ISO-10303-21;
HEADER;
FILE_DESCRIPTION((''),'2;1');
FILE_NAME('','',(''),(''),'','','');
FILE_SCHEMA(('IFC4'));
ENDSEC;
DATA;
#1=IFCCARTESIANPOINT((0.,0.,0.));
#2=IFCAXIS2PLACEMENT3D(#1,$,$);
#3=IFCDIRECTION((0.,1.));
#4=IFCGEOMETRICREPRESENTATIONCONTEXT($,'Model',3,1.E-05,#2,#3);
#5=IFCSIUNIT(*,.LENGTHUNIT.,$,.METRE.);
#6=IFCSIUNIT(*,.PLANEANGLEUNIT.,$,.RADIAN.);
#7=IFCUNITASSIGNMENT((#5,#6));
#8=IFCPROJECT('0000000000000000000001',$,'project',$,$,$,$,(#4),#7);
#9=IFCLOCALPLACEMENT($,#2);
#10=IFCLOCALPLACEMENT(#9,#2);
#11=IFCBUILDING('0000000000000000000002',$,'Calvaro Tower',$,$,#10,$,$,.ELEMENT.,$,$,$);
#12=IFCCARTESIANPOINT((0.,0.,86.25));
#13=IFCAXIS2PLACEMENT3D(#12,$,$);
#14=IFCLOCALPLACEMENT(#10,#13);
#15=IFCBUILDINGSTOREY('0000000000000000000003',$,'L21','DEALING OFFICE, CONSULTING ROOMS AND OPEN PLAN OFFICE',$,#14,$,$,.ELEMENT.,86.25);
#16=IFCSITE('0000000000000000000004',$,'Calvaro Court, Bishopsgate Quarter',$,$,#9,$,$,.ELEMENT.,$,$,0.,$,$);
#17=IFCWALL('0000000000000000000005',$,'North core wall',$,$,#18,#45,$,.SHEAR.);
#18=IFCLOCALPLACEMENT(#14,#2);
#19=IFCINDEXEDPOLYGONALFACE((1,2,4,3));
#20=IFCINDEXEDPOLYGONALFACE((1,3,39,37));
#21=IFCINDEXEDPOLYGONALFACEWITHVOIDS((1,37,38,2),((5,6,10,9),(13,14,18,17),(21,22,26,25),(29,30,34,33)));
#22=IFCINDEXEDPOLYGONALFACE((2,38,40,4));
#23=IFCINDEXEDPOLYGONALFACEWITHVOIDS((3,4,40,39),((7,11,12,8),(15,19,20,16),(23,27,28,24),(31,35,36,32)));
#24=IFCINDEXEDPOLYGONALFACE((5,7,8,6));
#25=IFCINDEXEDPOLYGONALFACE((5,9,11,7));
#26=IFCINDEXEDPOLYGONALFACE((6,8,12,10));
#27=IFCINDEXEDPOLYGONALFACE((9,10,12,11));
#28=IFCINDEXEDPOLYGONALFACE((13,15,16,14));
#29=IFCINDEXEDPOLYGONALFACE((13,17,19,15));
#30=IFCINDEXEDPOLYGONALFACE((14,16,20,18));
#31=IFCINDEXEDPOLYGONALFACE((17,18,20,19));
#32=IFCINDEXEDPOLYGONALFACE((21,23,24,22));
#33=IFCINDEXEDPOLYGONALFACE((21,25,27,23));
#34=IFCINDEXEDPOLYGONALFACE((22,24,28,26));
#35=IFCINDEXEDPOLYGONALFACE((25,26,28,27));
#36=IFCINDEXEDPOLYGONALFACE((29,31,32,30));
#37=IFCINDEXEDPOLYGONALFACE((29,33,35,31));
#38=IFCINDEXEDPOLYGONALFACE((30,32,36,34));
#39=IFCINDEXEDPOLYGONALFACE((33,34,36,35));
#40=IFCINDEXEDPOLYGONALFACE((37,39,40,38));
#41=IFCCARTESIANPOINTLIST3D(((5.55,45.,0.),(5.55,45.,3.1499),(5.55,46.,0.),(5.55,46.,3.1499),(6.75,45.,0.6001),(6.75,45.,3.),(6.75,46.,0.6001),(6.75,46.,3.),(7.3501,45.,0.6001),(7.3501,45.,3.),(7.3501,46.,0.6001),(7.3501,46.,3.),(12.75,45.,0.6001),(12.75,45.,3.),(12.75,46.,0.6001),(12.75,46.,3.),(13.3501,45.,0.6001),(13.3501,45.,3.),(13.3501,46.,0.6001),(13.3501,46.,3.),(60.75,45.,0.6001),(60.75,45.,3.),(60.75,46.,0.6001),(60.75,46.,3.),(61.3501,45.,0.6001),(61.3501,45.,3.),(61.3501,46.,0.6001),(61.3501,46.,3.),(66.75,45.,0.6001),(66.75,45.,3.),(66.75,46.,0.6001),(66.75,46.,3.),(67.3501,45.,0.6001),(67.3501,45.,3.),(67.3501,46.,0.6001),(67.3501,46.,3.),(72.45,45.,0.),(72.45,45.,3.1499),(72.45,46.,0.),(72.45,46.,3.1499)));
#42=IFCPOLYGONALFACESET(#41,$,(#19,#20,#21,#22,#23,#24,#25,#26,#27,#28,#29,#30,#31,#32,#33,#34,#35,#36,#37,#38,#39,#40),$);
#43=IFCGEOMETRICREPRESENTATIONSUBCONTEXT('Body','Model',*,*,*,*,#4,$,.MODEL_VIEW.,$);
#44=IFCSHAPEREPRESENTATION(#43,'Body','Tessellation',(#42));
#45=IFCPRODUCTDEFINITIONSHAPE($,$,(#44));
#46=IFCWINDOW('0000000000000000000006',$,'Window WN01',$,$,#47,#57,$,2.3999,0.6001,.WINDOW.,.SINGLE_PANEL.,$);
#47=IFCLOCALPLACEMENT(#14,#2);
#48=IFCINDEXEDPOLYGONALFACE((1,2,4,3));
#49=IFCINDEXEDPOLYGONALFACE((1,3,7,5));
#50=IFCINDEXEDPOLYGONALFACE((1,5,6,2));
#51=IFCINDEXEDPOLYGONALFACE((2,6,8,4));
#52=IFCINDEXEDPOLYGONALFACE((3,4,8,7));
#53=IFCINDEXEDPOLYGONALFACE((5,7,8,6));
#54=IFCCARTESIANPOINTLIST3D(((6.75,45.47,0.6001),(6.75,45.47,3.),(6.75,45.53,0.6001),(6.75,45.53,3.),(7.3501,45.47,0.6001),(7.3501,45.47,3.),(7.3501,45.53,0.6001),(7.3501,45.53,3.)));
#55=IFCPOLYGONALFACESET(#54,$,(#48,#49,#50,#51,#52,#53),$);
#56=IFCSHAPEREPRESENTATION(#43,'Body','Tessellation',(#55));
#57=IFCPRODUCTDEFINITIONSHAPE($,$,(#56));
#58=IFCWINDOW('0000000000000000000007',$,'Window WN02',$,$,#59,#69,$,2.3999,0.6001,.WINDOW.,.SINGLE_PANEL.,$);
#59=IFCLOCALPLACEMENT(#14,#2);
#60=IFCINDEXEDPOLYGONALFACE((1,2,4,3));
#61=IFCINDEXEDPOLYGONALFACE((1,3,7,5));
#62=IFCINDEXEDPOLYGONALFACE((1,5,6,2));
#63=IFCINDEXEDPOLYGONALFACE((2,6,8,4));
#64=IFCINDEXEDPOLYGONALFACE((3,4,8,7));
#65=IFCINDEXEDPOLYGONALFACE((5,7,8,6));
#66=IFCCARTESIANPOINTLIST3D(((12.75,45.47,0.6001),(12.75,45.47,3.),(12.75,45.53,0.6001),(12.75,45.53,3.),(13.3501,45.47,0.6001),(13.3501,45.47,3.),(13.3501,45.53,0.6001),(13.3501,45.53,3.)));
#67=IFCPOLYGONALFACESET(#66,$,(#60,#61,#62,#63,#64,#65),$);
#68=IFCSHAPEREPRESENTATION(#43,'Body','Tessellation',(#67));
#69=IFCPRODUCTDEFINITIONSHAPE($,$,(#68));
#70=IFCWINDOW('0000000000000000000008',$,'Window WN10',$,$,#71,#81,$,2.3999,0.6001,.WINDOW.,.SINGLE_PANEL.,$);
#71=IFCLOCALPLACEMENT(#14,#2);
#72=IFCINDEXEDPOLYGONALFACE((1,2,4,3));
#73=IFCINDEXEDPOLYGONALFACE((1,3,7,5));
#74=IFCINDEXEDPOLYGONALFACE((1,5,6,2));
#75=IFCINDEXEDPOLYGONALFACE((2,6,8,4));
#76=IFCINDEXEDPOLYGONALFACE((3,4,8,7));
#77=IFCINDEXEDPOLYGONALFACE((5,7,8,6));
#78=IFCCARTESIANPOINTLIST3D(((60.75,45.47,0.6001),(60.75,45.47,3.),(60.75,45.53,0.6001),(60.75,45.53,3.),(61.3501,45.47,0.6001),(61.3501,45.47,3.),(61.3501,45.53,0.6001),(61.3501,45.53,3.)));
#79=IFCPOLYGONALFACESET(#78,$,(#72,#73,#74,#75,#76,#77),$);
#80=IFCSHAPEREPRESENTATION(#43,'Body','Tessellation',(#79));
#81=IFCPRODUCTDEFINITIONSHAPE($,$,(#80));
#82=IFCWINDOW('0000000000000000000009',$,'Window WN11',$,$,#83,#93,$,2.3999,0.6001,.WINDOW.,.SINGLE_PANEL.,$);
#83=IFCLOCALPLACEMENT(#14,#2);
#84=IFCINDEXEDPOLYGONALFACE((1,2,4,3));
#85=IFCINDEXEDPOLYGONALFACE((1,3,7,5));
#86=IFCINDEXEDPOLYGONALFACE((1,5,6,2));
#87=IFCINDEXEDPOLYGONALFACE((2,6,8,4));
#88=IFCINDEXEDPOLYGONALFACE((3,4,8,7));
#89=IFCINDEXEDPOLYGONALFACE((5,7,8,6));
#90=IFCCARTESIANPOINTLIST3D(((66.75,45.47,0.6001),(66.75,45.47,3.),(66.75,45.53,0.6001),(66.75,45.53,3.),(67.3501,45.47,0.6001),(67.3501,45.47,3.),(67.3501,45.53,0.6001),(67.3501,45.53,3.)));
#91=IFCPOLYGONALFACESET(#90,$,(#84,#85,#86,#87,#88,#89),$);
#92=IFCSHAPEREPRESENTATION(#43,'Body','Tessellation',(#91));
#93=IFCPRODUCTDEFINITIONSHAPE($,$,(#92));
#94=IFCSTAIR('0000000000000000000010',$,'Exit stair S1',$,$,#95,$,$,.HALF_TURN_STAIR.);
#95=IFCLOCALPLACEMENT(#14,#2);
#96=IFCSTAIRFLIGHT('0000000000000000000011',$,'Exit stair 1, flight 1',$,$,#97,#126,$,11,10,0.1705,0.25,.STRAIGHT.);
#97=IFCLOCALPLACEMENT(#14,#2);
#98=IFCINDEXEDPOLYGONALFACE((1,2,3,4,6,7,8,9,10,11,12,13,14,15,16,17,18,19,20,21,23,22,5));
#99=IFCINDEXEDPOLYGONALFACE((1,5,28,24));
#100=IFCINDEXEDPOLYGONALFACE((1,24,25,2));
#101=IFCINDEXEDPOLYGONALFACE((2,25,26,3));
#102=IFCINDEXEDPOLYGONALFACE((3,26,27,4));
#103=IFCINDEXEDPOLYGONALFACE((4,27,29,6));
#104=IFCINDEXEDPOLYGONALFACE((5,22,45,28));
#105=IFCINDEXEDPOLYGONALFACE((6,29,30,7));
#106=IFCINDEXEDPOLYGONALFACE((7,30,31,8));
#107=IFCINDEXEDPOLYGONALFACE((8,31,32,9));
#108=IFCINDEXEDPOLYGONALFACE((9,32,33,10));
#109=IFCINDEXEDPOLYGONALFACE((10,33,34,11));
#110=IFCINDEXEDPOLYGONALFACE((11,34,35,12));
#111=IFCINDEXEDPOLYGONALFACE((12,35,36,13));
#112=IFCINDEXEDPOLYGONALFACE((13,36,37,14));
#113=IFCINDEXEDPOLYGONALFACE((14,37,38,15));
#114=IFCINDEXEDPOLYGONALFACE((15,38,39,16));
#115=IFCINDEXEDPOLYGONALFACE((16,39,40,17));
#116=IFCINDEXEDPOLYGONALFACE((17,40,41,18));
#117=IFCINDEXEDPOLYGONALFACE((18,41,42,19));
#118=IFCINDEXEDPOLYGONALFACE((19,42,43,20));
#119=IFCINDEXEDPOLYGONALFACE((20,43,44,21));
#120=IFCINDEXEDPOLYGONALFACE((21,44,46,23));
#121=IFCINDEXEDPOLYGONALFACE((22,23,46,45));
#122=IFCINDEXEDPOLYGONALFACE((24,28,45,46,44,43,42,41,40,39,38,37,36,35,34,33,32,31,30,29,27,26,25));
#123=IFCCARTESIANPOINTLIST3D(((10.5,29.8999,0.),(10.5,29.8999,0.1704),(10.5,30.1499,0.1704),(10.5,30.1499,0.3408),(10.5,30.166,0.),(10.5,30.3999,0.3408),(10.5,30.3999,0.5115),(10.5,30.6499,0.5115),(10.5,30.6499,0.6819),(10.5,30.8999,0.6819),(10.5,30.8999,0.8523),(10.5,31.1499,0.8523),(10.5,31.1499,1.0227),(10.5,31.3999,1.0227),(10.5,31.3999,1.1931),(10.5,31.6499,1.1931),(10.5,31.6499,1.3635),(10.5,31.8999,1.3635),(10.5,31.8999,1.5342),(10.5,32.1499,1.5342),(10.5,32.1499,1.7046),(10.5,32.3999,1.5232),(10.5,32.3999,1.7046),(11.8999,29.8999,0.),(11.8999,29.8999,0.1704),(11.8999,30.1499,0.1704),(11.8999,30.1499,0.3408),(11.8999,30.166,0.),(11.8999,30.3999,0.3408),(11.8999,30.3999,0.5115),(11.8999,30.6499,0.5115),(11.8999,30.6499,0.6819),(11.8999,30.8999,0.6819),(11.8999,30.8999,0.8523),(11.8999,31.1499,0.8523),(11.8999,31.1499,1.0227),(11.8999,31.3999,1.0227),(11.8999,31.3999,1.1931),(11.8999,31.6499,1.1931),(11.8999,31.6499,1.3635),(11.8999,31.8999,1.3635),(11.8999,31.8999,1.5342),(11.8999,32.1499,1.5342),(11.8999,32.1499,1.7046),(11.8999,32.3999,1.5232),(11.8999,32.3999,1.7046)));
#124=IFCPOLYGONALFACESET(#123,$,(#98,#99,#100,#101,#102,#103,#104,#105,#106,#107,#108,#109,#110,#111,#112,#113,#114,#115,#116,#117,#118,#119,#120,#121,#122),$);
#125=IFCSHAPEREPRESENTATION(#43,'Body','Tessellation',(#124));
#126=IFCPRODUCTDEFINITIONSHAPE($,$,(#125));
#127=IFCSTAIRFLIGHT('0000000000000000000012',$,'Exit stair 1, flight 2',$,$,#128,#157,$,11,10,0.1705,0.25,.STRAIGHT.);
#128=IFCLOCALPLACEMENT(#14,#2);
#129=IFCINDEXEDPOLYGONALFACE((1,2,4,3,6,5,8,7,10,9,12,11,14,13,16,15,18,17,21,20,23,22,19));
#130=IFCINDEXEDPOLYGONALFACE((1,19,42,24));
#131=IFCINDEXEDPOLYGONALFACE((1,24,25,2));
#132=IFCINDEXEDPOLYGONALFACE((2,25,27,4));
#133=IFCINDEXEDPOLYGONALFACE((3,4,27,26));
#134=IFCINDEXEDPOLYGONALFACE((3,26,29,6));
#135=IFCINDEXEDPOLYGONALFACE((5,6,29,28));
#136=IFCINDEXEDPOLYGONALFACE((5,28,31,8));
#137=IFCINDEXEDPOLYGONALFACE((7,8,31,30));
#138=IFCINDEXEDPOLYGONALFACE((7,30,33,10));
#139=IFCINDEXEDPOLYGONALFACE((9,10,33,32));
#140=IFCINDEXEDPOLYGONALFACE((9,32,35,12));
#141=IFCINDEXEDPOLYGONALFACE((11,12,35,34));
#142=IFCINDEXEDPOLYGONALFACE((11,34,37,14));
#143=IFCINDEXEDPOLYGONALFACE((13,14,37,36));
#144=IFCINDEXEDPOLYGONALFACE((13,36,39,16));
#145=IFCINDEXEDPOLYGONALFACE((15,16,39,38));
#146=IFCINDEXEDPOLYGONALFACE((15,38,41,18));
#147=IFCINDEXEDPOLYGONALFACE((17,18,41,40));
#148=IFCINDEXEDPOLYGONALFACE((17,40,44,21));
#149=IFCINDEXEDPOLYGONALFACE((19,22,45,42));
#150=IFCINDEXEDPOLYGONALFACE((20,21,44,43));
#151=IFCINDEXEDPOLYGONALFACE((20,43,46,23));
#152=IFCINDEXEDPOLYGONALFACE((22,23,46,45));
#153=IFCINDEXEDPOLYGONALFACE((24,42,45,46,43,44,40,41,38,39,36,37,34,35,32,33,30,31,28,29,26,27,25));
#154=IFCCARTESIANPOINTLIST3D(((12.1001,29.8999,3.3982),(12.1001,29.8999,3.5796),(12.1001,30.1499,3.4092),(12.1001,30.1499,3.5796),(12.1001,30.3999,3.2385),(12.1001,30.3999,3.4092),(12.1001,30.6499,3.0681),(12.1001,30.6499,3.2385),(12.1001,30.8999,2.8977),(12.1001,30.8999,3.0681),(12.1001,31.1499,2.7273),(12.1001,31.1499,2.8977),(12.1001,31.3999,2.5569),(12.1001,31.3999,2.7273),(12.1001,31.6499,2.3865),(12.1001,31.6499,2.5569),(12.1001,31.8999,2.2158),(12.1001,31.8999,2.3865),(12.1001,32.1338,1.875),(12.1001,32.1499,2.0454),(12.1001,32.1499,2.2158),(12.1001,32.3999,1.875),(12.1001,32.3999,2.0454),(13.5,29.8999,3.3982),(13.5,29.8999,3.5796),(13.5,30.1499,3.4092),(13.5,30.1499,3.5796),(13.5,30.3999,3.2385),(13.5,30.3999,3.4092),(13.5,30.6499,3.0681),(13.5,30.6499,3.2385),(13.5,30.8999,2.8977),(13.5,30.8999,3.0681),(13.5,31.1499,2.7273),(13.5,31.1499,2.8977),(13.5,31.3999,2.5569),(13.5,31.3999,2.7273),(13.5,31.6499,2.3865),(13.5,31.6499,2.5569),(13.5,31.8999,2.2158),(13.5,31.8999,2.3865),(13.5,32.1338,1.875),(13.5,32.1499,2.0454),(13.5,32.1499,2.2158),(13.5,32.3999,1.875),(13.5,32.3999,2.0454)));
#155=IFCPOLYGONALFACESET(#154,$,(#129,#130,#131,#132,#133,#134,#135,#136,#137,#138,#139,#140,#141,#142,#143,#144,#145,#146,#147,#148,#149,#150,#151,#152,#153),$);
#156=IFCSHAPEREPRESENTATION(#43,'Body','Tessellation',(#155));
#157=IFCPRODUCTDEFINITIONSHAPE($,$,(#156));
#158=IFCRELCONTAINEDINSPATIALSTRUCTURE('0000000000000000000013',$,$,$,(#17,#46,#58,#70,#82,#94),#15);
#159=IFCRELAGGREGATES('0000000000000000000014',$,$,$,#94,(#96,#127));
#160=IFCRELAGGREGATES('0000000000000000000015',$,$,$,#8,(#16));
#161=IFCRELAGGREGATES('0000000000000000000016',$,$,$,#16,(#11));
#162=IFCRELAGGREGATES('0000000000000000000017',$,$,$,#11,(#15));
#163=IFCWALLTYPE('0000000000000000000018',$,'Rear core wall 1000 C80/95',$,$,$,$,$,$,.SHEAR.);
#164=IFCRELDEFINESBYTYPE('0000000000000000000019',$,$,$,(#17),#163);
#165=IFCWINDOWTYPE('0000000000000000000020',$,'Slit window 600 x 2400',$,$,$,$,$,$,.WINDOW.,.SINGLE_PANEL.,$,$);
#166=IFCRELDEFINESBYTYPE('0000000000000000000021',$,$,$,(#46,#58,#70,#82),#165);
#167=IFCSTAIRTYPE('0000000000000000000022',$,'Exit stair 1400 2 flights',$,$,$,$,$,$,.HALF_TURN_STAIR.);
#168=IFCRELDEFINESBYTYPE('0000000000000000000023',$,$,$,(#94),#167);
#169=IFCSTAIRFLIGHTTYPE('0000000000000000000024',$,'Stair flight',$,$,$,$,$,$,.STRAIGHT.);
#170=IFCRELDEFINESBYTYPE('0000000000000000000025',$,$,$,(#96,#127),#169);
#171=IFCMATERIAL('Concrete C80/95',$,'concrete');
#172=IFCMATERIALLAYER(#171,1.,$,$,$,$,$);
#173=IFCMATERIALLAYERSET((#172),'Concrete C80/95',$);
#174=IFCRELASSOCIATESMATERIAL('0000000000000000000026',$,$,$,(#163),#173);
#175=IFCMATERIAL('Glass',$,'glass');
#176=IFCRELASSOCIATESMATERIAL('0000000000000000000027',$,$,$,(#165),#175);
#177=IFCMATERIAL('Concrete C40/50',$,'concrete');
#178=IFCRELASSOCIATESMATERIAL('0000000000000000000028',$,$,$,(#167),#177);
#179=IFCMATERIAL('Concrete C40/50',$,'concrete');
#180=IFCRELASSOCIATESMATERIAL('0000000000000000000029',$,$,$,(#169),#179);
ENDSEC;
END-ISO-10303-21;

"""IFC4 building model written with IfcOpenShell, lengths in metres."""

from ifc_helpers import new_model, si_unit, direction, frame, frame_2d, origin, place, context, subcontext, project, spatial, polyline, rectangle, outline, extrude, material, layer, layer_set, type_object, element, fill, aggregate, save


model = new_model("IFC4")

# Units and contexts
model_context = context("Model", 3, precision=1e-05, world=origin(), true_north=direction((0.0, 1.0)))
body_context = subcontext(model_context, "Body", "Model", "MODEL_VIEW")
ifc_project = project(units=[si_unit("LENGTHUNIT", "METRE"), si_unit("PLANEANGLEUNIT", "RADIAN")], contexts=[model_context])

# Site, building, storey
site_placement = place(None, origin())
site = spatial("IfcSite", under=ifc_project, at=site_placement, Name="Calvaro Court, Bishopsgate Quarter", CompositionType="ELEMENT", RefElevation=0.0)
building_placement = place(site_placement, origin())
building = spatial("IfcBuilding", under=site, at=building_placement, Name="Calvaro Tower", CompositionType="ELEMENT")
storey_placement = place(building_placement, frame((0.0, 0.0, 86.25)))
storey = spatial("IfcBuildingStorey", under=building, at=storey_placement, Name="L21", Description="DEALING OFFICE, CONSULTING ROOMS AND OPEN PLAN OFFICE", CompositionType="ELEMENT", Elevation=86.25)

# Wall, openings, windows
ifc_material_1 = material(Name="Concrete C80/95", Category="concrete")
ifc_layer_1 = layer(ifc_material_1, 1.0)
ifc_layer_set_1 = layer_set([ifc_layer_1], Name="Concrete C80/95")
wall_type_1 = type_object("IfcWallType", Name="Rear core wall 1000 C80/95", PredefinedType="SHEAR", material=ifc_layer_set_1)
wall_1_placement = place(storey_placement, frame((5.55, 45.5, 0.0), z_axis=(0.0, 0.0, 1.0), x_axis=(1.0, 0.0, 0.0)))
wall_1 = element("IfcWall", 1, at=wall_1_placement, inside=storey, type_object=wall_type_1, Name="North core wall", PredefinedType="SHEAR", context=body_context, shape_type="SweptSolid", body=[
    extrude(rectangle(XDim=66.8999, YDim=1.0, at=frame_2d((33.45, 0.0))), origin(), (0.0, 0.0, 1.0), 3.1499),
])
opening_1_placement = place(wall_1_placement, frame((1.2, 0.0, 0.6001)))
opening_1 = element("IfcOpeningElement", 2, at=opening_1_placement, cuts=wall_1, PredefinedType="OPENING", context=body_context, shape_type="SweptSolid", body=[
    extrude(rectangle(XDim=0.6001, YDim=2.3999, at=frame_2d((0.3, 1.2))), frame((0.0, 0.51, 0.0), z_axis=(0.0, -1.0, 0.0), x_axis=(1.0, 0.0, 0.0)), (0.0, 0.0, 1.0), 1.02),
])
opening_2_placement = place(wall_1_placement, frame((7.2, 0.0, 0.6001)))
opening_2 = element("IfcOpeningElement", 3, at=opening_2_placement, cuts=wall_1, PredefinedType="OPENING", context=body_context, shape_type="SweptSolid", body=[
    extrude(rectangle(XDim=0.6001, YDim=2.3999, at=frame_2d((0.3, 1.2))), frame((0.0, 0.51, 0.0), z_axis=(0.0, -1.0, 0.0), x_axis=(1.0, 0.0, 0.0)), (0.0, 0.0, 1.0), 1.02),
])
opening_3_placement = place(wall_1_placement, frame((55.2, 0.0, 0.6001)))
opening_3 = element("IfcOpeningElement", 4, at=opening_3_placement, cuts=wall_1, PredefinedType="OPENING", context=body_context, shape_type="SweptSolid", body=[
    extrude(rectangle(XDim=0.6001, YDim=2.3999, at=frame_2d((0.3, 1.2))), frame((0.0, 0.51, 0.0), z_axis=(0.0, -1.0, 0.0), x_axis=(1.0, 0.0, 0.0)), (0.0, 0.0, 1.0), 1.02),
])
opening_4_placement = place(wall_1_placement, frame((61.2, 0.0, 0.6001)))
opening_4 = element("IfcOpeningElement", 5, at=opening_4_placement, cuts=wall_1, PredefinedType="OPENING", context=body_context, shape_type="SweptSolid", body=[
    extrude(rectangle(XDim=0.6001, YDim=2.3999, at=frame_2d((0.3, 1.2))), frame((0.0, 0.51, 0.0), z_axis=(0.0, -1.0, 0.0), x_axis=(1.0, 0.0, 0.0)), (0.0, 0.0, 1.0), 1.02),
])
ifc_material_2 = material(Name="Glass", Category="glass")
window_type = type_object("IfcWindowType", Name="Slit window 600 x 2400", PartitioningType="SINGLE_PANEL", PredefinedType="WINDOW", material=ifc_material_2)
window_1_placement = place(opening_1_placement, origin())
window_1 = element("IfcWindow", 6, at=window_1_placement, inside=storey, type_object=window_type, Name="Window WN01", OverallHeight=2.3999, OverallWidth=0.6001, PartitioningType="SINGLE_PANEL", PredefinedType="WINDOW", context=body_context, shape_type="SweptSolid", body=[
    extrude(rectangle(XDim=0.6001, YDim=2.3999, at=frame_2d((0.3, 1.2))), frame((0.0, 0.03, 0.0), z_axis=(0.0, -1.0, 0.0), x_axis=(1.0, 0.0, 0.0)), (0.0, 0.0, 1.0), 0.0601),
])
fill(opening_1, window_1)
window_2_placement = place(opening_2_placement, origin())
window_2 = element("IfcWindow", 7, at=window_2_placement, inside=storey, type_object=window_type, Name="Window WN02", OverallHeight=2.3999, OverallWidth=0.6001, PartitioningType="SINGLE_PANEL", PredefinedType="WINDOW", context=body_context, shape_type="SweptSolid", body=[
    extrude(rectangle(XDim=0.6001, YDim=2.3999, at=frame_2d((0.3, 1.2))), frame((0.0, 0.03, 0.0), z_axis=(0.0, -1.0, 0.0), x_axis=(1.0, 0.0, 0.0)), (0.0, 0.0, 1.0), 0.0601),
])
fill(opening_2, window_2)
window_3_placement = place(opening_3_placement, origin())
window_3 = element("IfcWindow", 8, at=window_3_placement, inside=storey, type_object=window_type, Name="Window WN10", OverallHeight=2.3999, OverallWidth=0.6001, PartitioningType="SINGLE_PANEL", PredefinedType="WINDOW", context=body_context, shape_type="SweptSolid", body=[
    extrude(rectangle(XDim=0.6001, YDim=2.3999, at=frame_2d((0.3, 1.2))), frame((0.0, 0.03, 0.0), z_axis=(0.0, -1.0, 0.0), x_axis=(1.0, 0.0, 0.0)), (0.0, 0.0, 1.0), 0.0601),
])
fill(opening_3, window_3)
window_4_placement = place(opening_4_placement, origin())
window_4 = element("IfcWindow", 9, at=window_4_placement, inside=storey, type_object=window_type, Name="Window WN11", OverallHeight=2.3999, OverallWidth=0.6001, PartitioningType="SINGLE_PANEL", PredefinedType="WINDOW", context=body_context, shape_type="SweptSolid", body=[
    extrude(rectangle(XDim=0.6001, YDim=2.3999, at=frame_2d((0.3, 1.2))), frame((0.0, 0.03, 0.0), z_axis=(0.0, -1.0, 0.0), x_axis=(1.0, 0.0, 0.0)), (0.0, 0.0, 1.0), 0.0601),
])
fill(opening_4, window_4)

# Stair, stair flights
ifc_material_3 = material(Name="Concrete C40/50", Category="concrete")
stair_type = type_object("IfcStairType", Name="Exit stair 1400 2 flights", PredefinedType="HALF_TURN_STAIR", material=ifc_material_3)
stair_placement = place(storey_placement, origin())
stair = element("IfcStair", 10, at=stair_placement, inside=storey, type_object=stair_type, Name="Exit stair S1", PredefinedType="HALF_TURN_STAIR")
ifc_material_4 = material(Name="Concrete C40/50", Category="concrete")
stair_flight_type = type_object("IfcStairFlightType", Name="Stair flight", PredefinedType="STRAIGHT", material=ifc_material_4)
stair_flight_1_placement = place(storey_placement, frame((11.2, 29.8999, 0.0), z_axis=(0.0, 0.0, 1.0), x_axis=(0.0, 1.0, 0.0)))
stair_flight_1 = element("IfcStairFlight", 11, at=stair_flight_1_placement, type_object=stair_flight_type, Name="Exit stair 1, flight 1", NumberOfRisers=11, NumberOfTreads=10, PredefinedType="STRAIGHT", RiserHeight=0.1705, TreadLength=0.25, context=body_context, shape_type="SweptSolid", body=[
    extrude(outline(polyline([(0.0, 0.0), (0.0, 0.1704), (0.25, 0.1704), (0.25, 0.3408), (0.5, 0.3408), (0.5, 0.5115), (0.75, 0.5115), (0.75, 0.6819), (1.0, 0.6819), (1.0, 0.8523), (1.25, 0.8523), (1.25, 1.0227), (1.5, 1.0227), (1.5, 1.1931), (1.75, 1.1931), (1.75, 1.3635), (2.0, 1.3635), (2.0, 1.5342), (2.25, 1.5342), (2.25, 1.7046), (2.5, 1.7046), (2.5, 1.875), (2.5, 1.5232), (0.2661, 0.0), (0.0, 0.0)])), frame((0.0, 0.7, 0.0), z_axis=(0.0, -1.0, 0.0), x_axis=(1.0, 0.0, 0.0)), (0.0, 0.0, 1.0), 1.3999),
])
stair_flight_2_placement = place(storey_placement, frame((12.8, 32.3999, 1.875), z_axis=(0.0, 0.0, 1.0), x_axis=(0.0, -1.0, 0.0)))
stair_flight_2 = element("IfcStairFlight", 12, at=stair_flight_2_placement, type_object=stair_flight_type, Name="Exit stair 1, flight 2", NumberOfRisers=11, NumberOfTreads=10, PredefinedType="STRAIGHT", RiserHeight=0.1705, TreadLength=0.25, context=body_context, shape_type="SweptSolid", body=[
    extrude(outline(polyline([(0.0, 0.0), (0.0, 0.1704), (0.25, 0.1704), (0.25, 0.3408), (0.5, 0.3408), (0.5, 0.5115), (0.75, 0.5115), (0.75, 0.6819), (1.0, 0.6819), (1.0, 0.8523), (1.25, 0.8523), (1.25, 1.0227), (1.5, 1.0227), (1.5, 1.1931), (1.75, 1.1931), (1.75, 1.3635), (2.0, 1.3635), (2.0, 1.5342), (2.25, 1.5342), (2.25, 1.7046), (2.5, 1.7046), (2.5, 1.875), (2.5, 1.5232), (0.2661, 0.0), (0.0, 0.0)])), frame((0.0, 0.7, 0.0), z_axis=(0.0, -1.0, 0.0), x_axis=(1.0, 0.0, 0.0)), (0.0, 0.0, 1.0), 1.3999),
])
aggregate(stair, [stair_flight_1, stair_flight_2])

save(model, "model.ifc")
